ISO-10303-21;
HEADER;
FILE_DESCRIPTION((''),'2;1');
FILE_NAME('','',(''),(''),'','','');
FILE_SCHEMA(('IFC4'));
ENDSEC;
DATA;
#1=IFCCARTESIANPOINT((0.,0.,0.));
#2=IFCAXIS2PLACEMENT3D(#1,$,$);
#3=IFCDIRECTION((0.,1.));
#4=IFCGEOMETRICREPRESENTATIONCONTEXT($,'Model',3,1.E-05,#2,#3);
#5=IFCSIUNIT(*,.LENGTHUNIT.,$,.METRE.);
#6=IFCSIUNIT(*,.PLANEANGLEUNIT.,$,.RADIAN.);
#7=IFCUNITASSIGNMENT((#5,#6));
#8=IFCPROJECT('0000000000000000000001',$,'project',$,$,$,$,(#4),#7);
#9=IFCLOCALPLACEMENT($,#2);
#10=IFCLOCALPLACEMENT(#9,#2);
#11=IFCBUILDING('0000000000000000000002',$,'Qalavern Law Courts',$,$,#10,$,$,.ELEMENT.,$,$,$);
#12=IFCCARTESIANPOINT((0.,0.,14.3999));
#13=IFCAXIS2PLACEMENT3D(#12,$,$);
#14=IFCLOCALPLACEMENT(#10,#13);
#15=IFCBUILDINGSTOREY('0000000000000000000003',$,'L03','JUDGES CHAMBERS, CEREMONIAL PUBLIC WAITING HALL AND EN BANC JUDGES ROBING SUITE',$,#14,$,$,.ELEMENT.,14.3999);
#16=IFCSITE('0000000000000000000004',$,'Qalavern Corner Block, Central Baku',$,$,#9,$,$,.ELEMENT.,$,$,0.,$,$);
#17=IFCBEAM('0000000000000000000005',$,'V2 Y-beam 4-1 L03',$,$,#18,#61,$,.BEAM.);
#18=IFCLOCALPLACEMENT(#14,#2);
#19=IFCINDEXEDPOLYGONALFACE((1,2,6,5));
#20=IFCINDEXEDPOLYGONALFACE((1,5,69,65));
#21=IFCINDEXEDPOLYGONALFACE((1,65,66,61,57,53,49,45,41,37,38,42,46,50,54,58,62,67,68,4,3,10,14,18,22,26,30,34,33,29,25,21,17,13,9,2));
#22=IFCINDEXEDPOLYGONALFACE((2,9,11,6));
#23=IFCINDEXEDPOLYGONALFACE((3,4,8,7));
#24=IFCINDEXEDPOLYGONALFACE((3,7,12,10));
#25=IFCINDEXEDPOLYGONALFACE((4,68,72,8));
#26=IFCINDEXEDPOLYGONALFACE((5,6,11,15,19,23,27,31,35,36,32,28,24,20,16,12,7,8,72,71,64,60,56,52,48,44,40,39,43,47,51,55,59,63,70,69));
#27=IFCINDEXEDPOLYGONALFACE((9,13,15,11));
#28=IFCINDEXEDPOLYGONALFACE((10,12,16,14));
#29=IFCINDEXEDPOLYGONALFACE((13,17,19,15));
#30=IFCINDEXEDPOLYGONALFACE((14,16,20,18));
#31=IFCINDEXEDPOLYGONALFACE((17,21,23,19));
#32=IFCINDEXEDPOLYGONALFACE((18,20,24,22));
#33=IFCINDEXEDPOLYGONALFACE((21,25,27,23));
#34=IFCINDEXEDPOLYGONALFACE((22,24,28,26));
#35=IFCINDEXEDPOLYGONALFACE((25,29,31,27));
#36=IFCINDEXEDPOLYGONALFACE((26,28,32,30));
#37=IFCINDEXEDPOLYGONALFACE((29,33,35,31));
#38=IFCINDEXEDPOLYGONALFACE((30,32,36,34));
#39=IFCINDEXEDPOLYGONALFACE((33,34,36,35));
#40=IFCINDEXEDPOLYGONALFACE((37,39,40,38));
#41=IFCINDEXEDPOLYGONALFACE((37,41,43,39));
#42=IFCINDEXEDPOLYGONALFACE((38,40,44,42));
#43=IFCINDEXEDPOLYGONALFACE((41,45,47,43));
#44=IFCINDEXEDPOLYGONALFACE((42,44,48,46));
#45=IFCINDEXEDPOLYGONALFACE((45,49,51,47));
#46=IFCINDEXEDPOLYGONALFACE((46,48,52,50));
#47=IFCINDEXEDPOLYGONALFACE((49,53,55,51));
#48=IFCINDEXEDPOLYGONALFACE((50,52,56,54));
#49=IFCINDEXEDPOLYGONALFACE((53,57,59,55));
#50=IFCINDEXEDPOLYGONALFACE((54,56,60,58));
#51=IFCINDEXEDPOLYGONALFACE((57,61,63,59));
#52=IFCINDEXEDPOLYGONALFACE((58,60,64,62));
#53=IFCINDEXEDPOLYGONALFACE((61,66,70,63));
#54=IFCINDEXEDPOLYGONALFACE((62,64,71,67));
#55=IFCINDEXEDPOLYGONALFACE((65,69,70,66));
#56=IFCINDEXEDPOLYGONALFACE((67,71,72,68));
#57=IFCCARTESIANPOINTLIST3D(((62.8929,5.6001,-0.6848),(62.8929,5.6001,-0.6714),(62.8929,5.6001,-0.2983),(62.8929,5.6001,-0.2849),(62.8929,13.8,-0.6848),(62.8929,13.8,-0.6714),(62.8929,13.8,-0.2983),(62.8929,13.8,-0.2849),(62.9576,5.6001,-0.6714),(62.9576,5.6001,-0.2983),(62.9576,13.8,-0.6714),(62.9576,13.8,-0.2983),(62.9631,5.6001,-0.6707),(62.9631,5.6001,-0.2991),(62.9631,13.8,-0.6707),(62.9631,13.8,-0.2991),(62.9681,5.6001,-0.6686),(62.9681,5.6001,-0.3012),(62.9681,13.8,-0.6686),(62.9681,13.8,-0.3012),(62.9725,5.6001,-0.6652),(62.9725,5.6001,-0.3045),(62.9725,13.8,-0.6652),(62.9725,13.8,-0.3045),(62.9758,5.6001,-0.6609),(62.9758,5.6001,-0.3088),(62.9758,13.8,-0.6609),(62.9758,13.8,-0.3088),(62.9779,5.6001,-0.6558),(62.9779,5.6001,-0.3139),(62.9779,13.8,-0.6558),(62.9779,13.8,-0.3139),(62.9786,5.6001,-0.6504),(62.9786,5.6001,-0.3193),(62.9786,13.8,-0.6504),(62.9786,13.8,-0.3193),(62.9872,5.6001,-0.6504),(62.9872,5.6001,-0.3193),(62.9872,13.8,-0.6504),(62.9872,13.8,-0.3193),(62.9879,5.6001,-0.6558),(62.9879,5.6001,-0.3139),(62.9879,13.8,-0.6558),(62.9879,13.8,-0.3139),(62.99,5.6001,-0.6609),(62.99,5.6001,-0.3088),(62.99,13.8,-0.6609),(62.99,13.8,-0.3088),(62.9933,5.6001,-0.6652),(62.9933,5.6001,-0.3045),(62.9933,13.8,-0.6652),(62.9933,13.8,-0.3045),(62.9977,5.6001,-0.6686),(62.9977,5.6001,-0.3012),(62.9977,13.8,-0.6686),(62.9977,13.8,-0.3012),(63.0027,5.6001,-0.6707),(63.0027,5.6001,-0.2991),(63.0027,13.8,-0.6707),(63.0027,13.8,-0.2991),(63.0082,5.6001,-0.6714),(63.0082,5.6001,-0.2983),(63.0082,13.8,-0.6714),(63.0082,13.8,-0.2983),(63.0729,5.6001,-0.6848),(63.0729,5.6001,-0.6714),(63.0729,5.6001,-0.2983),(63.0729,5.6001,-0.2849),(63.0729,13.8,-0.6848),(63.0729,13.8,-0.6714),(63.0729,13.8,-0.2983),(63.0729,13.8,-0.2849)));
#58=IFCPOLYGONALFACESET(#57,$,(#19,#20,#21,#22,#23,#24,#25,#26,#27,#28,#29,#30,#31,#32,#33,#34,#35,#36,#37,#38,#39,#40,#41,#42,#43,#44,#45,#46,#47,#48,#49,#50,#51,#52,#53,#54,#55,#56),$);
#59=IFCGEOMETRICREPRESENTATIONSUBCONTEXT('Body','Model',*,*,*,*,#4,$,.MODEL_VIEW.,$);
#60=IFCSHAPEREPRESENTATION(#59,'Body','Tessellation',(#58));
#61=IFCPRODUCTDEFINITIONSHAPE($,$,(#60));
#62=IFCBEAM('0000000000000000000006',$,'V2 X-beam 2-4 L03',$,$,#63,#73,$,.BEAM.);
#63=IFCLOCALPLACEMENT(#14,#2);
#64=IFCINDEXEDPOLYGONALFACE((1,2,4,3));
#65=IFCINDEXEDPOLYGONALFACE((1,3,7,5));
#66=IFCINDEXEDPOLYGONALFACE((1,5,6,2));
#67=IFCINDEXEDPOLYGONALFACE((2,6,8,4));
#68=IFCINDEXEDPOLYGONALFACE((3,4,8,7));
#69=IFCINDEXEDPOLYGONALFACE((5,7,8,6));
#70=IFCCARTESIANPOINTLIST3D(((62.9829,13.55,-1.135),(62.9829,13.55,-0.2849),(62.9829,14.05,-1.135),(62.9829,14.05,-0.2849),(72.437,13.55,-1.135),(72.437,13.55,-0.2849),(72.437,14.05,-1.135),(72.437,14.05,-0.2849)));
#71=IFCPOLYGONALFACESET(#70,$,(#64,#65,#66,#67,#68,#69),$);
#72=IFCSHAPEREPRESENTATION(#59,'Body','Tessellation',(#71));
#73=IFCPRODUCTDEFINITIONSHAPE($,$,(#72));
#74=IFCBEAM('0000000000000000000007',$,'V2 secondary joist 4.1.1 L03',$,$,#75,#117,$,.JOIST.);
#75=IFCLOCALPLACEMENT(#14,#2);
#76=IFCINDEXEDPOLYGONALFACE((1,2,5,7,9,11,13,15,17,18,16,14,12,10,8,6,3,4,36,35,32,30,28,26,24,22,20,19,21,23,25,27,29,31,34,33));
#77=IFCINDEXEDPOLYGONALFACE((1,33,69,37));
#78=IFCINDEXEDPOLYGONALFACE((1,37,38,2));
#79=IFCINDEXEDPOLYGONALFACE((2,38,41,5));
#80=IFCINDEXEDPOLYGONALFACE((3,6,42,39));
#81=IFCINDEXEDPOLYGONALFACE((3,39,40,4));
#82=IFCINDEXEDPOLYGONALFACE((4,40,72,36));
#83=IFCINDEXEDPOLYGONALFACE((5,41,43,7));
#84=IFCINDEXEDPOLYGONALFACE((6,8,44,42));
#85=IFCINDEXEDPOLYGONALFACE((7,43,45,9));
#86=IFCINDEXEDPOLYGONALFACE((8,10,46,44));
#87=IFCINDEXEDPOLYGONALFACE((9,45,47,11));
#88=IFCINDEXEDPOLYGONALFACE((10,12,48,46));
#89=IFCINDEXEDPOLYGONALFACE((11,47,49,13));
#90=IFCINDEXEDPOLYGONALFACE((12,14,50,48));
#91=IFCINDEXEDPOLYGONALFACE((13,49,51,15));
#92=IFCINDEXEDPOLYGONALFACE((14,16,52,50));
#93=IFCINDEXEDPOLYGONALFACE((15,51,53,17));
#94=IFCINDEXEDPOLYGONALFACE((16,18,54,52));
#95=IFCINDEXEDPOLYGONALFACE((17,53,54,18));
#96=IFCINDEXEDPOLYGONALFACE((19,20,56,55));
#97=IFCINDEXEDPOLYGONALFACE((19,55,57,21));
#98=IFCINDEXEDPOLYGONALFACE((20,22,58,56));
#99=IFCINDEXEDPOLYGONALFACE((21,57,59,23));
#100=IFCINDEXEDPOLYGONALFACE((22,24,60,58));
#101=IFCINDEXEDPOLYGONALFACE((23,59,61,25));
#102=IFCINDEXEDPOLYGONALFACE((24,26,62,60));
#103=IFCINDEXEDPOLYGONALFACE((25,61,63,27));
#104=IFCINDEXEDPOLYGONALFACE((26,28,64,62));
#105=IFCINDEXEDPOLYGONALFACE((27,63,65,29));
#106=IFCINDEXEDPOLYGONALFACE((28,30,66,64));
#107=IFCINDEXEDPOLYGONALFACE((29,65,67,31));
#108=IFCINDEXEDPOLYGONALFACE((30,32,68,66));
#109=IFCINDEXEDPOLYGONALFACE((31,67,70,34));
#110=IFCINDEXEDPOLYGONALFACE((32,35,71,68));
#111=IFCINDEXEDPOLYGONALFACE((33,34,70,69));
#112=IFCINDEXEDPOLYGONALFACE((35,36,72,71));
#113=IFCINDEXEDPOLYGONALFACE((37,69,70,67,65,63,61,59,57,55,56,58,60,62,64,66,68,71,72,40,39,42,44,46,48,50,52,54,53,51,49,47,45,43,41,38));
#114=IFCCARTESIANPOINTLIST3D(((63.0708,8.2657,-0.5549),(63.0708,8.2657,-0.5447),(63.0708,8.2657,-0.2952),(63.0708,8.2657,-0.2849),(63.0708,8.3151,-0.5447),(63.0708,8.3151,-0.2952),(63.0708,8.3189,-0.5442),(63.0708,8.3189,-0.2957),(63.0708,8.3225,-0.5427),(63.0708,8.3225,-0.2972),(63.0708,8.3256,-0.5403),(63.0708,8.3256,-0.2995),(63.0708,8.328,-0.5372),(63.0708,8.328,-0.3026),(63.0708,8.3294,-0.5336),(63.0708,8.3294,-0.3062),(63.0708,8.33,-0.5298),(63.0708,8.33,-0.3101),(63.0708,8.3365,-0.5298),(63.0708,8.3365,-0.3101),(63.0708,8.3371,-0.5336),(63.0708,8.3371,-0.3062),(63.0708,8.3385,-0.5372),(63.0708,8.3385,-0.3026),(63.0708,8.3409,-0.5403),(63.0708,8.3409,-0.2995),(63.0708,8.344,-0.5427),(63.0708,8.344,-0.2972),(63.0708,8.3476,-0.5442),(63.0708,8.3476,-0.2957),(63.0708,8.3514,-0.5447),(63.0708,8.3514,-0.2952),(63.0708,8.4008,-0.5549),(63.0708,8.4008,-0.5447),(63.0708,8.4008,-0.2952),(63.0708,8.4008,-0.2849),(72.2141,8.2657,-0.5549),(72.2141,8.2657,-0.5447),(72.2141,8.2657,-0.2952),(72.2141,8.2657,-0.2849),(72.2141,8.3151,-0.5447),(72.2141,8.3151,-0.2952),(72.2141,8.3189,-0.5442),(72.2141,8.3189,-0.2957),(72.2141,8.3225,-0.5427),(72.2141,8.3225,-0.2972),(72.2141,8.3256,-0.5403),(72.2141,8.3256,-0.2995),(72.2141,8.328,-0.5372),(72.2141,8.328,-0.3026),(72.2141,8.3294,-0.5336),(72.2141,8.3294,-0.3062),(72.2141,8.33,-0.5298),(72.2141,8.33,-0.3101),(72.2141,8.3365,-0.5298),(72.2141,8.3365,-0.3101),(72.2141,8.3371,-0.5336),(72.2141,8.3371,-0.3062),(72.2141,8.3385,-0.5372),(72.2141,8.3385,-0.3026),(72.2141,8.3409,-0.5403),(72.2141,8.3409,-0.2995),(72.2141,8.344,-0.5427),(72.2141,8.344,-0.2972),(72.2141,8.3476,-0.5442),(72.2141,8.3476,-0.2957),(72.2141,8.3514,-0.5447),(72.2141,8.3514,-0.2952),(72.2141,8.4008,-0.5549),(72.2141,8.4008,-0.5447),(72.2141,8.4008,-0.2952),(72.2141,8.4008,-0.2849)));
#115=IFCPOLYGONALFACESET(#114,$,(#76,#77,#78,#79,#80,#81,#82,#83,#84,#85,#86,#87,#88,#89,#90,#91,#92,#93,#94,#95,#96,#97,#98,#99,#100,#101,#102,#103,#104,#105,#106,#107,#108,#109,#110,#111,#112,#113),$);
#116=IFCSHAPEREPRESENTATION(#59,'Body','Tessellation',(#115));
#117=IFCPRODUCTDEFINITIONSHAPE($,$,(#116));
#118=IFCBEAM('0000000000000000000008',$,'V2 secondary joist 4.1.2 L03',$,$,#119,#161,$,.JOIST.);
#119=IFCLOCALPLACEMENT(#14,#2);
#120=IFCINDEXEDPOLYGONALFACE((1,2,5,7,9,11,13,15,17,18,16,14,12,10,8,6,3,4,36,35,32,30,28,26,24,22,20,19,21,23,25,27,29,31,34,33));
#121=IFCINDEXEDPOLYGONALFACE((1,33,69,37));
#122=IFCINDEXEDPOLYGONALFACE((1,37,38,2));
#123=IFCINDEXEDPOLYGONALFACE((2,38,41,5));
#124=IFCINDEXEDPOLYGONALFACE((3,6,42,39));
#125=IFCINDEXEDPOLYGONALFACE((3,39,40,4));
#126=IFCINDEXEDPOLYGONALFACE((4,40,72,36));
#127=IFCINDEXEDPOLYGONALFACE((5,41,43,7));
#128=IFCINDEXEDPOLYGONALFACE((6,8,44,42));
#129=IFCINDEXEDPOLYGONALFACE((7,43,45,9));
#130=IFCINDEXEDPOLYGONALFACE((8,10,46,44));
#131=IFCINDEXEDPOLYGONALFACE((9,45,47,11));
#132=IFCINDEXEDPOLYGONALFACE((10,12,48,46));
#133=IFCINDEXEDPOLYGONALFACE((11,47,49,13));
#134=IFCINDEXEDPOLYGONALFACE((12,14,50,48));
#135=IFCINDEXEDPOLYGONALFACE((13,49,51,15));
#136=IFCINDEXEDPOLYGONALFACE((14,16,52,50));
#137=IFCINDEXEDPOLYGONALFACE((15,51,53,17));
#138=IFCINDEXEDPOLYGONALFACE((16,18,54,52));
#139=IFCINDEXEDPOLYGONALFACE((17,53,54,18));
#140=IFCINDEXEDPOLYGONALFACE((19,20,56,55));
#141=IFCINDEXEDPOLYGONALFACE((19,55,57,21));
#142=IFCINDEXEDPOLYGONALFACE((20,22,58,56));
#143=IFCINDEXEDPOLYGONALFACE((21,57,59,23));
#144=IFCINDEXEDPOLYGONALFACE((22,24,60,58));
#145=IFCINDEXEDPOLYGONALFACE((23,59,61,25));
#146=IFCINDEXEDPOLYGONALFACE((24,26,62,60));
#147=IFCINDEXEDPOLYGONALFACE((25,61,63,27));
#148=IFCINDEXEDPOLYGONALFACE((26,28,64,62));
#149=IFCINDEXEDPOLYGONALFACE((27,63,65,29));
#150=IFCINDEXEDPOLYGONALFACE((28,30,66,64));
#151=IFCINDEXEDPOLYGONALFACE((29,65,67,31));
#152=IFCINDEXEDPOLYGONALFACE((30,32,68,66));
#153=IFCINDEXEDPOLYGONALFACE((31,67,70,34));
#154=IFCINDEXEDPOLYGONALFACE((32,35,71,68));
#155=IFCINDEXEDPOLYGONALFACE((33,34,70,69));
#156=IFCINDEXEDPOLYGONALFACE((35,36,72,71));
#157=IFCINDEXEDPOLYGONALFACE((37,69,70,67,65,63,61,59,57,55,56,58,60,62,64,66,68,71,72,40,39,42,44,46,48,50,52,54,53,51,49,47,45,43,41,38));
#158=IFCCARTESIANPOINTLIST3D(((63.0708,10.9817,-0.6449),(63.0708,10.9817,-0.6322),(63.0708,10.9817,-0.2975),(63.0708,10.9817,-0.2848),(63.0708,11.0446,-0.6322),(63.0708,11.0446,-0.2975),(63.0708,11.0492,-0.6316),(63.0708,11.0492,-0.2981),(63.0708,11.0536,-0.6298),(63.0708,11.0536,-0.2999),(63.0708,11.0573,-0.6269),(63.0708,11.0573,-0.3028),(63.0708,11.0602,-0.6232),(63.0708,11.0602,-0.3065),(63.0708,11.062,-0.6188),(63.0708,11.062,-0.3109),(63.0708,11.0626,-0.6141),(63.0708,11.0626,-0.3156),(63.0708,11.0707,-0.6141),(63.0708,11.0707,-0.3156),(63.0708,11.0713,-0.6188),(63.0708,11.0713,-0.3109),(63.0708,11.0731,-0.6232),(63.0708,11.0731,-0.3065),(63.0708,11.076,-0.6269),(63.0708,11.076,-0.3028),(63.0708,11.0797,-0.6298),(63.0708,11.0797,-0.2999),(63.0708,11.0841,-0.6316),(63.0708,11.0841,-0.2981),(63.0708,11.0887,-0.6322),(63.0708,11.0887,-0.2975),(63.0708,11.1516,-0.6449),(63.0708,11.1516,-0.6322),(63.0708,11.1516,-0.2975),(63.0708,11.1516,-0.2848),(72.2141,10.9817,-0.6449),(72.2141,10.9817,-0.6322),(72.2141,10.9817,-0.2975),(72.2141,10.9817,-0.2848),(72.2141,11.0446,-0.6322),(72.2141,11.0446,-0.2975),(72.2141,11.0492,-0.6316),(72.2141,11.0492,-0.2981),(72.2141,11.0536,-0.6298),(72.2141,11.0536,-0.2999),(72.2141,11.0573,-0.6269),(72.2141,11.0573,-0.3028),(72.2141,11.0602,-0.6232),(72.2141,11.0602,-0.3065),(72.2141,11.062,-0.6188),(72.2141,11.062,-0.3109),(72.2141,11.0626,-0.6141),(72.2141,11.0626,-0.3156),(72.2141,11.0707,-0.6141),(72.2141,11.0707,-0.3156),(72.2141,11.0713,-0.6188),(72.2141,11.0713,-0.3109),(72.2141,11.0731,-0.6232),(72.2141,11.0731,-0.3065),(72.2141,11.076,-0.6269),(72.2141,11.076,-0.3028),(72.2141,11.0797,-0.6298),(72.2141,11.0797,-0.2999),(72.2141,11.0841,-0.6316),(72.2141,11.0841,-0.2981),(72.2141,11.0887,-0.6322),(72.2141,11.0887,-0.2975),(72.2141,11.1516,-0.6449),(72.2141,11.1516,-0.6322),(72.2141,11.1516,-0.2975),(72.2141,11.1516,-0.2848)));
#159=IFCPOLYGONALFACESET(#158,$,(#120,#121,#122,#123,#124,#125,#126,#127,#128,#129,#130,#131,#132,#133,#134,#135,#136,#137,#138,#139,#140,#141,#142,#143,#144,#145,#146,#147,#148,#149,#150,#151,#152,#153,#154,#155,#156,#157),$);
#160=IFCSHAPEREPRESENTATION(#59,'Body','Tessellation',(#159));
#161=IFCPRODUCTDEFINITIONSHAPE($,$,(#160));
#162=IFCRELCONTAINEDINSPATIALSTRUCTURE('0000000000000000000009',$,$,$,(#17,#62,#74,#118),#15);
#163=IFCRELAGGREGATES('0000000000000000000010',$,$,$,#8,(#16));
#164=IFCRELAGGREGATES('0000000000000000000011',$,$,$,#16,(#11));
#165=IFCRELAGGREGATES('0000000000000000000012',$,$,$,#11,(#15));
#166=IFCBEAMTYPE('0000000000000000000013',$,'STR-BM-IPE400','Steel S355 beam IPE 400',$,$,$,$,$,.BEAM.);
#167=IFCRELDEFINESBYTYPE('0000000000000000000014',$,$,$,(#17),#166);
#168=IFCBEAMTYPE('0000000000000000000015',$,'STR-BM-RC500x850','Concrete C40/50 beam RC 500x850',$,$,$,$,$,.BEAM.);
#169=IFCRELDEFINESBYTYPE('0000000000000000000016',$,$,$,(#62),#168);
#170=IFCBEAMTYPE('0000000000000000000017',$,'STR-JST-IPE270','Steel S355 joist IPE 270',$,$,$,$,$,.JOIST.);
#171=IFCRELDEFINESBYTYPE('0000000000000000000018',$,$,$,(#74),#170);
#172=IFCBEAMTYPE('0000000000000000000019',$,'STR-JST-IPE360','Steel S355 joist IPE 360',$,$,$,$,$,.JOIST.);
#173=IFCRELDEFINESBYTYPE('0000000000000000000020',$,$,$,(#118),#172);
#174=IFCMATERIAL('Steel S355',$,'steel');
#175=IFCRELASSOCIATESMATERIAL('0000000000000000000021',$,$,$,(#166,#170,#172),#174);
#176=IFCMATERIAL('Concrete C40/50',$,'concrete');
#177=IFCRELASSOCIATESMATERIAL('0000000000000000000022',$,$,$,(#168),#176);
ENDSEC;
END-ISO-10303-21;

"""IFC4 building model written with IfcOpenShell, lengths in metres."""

from ifc_helpers import new_model, si_unit, direction, frame, origin, origin_2d, place, context, subcontext, project, spatial, rectangle, i_section, extrude, material, material_profile, profile_set, type_object, element, save


model = new_model("IFC4")

# Units and contexts
model_context = context("Model", 3, precision=1e-05, world=origin(), true_north=direction((0.0, 1.0)))
body_context = subcontext(model_context, "Body", "Model", "MODEL_VIEW")
ifc_project = project(units=[si_unit("LENGTHUNIT", "METRE"), si_unit("PLANEANGLEUNIT", "RADIAN")], contexts=[model_context])

# Site, building, storey
site_placement = place(None, origin())
site = spatial("IfcSite", under=ifc_project, at=site_placement, Name="Qalavern Corner Block, Central Baku", CompositionType="ELEMENT", RefElevation=0.0)
building_placement = place(site_placement, origin())
building = spatial("IfcBuilding", under=site, at=building_placement, Name="Qalavern Law Courts", CompositionType="ELEMENT")
storey_placement = place(building_placement, frame((0.0, 0.0, 14.3999)))
storey = spatial("IfcBuildingStorey", under=building, at=storey_placement, Name="L03", Description="JUDGES CHAMBERS, CEREMONIAL PUBLIC WAITING HALL AND EN BANC JUDGES ROBING SUITE", CompositionType="ELEMENT", Elevation=14.3999)

# Beams
ifc_material_1 = material(Name="Steel S355", Category="steel")
ifc_material_profile_1 = material_profile(ifc_material_1, i_section(OverallWidth=0.1799, OverallDepth=0.3999, WebThickness=0.0085, FlangeThickness=0.0134, FilletRadius=0.021, at=origin_2d()), Name="IPE 400")
ifc_profile_set_1 = profile_set([ifc_material_profile_1], Name="Steel S355")
beam_type_1 = type_object("IfcBeamType", Name="STR-BM-IPE400", Description="Steel S355 beam IPE 400", PredefinedType="BEAM", material=ifc_profile_set_1)
beam_1_placement = place(storey_placement, frame((62.9829, 5.6001, -0.4849), z_axis=(0.0, 1.0, 0.0), x_axis=(-1.0, 0.0, 0.0)))
element("IfcBeam", 1, at=beam_1_placement, inside=storey, type_object=beam_type_1, Name="V2 Y-beam 4-1 L03", PredefinedType="BEAM", context=body_context, shape_type="SweptSolid", body=[
    extrude(i_section(OverallWidth=0.1799, OverallDepth=0.3999, WebThickness=0.0085, FlangeThickness=0.0134, FilletRadius=0.021, at=origin_2d()), origin(), (0.0, 0.0, 1.0), 8.2),
])
ifc_material_2 = material(Name="Concrete C40/50", Category="concrete")
ifc_material_profile_2 = material_profile(ifc_material_2, rectangle(XDim=0.5, YDim=0.8501, at=origin_2d()), Name="RC 500x850")
ifc_profile_set_2 = profile_set([ifc_material_profile_2], Name="Concrete C40/50")
beam_type_2 = type_object("IfcBeamType", Name="STR-BM-RC500x850", Description="Concrete C40/50 beam RC 500x850", PredefinedType="BEAM", material=ifc_profile_set_2)
beam_2_placement = place(storey_placement, frame((62.9829, 13.8, -0.71), z_axis=(1.0, 0.0, 0.0), x_axis=(0.0, 1.0, 0.0)))
element("IfcBeam", 2, at=beam_2_placement, inside=storey, type_object=beam_type_2, Name="V2 X-beam 2-4 L03", PredefinedType="BEAM", context=body_context, shape_type="SweptSolid", body=[
    extrude(rectangle(XDim=0.5, YDim=0.8501, at=origin_2d()), origin(), (0.0, 0.0, 1.0), 9.4541),
])
ifc_material_profile_3 = material_profile(ifc_material_1, i_section(OverallWidth=0.135, OverallDepth=0.27, WebThickness=0.0066, FlangeThickness=0.0103, FilletRadius=0.0149, at=origin_2d()), Name="IPE 270")
ifc_profile_set_3 = profile_set([ifc_material_profile_3], Name="Steel S355")
beam_type_3 = type_object("IfcBeamType", Name="STR-JST-IPE270", Description="Steel S355 joist IPE 270", PredefinedType="JOIST", material=ifc_profile_set_3)
beam_3_placement = place(storey_placement, frame((63.0708, 8.3333, -0.4199), z_axis=(1.0, 0.0, 0.0), x_axis=(0.0, 1.0, 0.0)))
element("IfcBeam", 3, at=beam_3_placement, inside=storey, type_object=beam_type_3, Name="V2 secondary joist 4.1.1 L03", PredefinedType="JOIST", context=body_context, shape_type="SweptSolid", body=[
    extrude(i_section(OverallWidth=0.135, OverallDepth=0.27, WebThickness=0.0066, FlangeThickness=0.0103, FilletRadius=0.0149, at=origin_2d()), origin(), (0.0, 0.0, 1.0), 9.1433),
])
ifc_material_profile_4 = material_profile(ifc_material_1, i_section(OverallWidth=0.1699, OverallDepth=0.3601, WebThickness=0.0081, FlangeThickness=0.0127, FilletRadius=0.0181, at=origin_2d()), Name="IPE 360")
ifc_profile_set_4 = profile_set([ifc_material_profile_4], Name="Steel S355")
beam_type_4 = type_object("IfcBeamType", Name="STR-JST-IPE360", Description="Steel S355 joist IPE 360", PredefinedType="JOIST", material=ifc_profile_set_4)
beam_4_placement = place(storey_placement, frame((63.0708, 11.0667, -0.4648), z_axis=(1.0, 0.0, 0.0), x_axis=(0.0, 1.0, 0.0)))
element("IfcBeam", 4, at=beam_4_placement, inside=storey, type_object=beam_type_4, Name="V2 secondary joist 4.1.2 L03", PredefinedType="JOIST", context=body_context, shape_type="SweptSolid", body=[
    extrude(i_section(OverallWidth=0.1699, OverallDepth=0.3601, WebThickness=0.0081, FlangeThickness=0.0127, FilletRadius=0.0181, at=origin_2d()), origin(), (0.0, 0.0, 1.0), 9.1433),
])

save(model, "model.ifc")
